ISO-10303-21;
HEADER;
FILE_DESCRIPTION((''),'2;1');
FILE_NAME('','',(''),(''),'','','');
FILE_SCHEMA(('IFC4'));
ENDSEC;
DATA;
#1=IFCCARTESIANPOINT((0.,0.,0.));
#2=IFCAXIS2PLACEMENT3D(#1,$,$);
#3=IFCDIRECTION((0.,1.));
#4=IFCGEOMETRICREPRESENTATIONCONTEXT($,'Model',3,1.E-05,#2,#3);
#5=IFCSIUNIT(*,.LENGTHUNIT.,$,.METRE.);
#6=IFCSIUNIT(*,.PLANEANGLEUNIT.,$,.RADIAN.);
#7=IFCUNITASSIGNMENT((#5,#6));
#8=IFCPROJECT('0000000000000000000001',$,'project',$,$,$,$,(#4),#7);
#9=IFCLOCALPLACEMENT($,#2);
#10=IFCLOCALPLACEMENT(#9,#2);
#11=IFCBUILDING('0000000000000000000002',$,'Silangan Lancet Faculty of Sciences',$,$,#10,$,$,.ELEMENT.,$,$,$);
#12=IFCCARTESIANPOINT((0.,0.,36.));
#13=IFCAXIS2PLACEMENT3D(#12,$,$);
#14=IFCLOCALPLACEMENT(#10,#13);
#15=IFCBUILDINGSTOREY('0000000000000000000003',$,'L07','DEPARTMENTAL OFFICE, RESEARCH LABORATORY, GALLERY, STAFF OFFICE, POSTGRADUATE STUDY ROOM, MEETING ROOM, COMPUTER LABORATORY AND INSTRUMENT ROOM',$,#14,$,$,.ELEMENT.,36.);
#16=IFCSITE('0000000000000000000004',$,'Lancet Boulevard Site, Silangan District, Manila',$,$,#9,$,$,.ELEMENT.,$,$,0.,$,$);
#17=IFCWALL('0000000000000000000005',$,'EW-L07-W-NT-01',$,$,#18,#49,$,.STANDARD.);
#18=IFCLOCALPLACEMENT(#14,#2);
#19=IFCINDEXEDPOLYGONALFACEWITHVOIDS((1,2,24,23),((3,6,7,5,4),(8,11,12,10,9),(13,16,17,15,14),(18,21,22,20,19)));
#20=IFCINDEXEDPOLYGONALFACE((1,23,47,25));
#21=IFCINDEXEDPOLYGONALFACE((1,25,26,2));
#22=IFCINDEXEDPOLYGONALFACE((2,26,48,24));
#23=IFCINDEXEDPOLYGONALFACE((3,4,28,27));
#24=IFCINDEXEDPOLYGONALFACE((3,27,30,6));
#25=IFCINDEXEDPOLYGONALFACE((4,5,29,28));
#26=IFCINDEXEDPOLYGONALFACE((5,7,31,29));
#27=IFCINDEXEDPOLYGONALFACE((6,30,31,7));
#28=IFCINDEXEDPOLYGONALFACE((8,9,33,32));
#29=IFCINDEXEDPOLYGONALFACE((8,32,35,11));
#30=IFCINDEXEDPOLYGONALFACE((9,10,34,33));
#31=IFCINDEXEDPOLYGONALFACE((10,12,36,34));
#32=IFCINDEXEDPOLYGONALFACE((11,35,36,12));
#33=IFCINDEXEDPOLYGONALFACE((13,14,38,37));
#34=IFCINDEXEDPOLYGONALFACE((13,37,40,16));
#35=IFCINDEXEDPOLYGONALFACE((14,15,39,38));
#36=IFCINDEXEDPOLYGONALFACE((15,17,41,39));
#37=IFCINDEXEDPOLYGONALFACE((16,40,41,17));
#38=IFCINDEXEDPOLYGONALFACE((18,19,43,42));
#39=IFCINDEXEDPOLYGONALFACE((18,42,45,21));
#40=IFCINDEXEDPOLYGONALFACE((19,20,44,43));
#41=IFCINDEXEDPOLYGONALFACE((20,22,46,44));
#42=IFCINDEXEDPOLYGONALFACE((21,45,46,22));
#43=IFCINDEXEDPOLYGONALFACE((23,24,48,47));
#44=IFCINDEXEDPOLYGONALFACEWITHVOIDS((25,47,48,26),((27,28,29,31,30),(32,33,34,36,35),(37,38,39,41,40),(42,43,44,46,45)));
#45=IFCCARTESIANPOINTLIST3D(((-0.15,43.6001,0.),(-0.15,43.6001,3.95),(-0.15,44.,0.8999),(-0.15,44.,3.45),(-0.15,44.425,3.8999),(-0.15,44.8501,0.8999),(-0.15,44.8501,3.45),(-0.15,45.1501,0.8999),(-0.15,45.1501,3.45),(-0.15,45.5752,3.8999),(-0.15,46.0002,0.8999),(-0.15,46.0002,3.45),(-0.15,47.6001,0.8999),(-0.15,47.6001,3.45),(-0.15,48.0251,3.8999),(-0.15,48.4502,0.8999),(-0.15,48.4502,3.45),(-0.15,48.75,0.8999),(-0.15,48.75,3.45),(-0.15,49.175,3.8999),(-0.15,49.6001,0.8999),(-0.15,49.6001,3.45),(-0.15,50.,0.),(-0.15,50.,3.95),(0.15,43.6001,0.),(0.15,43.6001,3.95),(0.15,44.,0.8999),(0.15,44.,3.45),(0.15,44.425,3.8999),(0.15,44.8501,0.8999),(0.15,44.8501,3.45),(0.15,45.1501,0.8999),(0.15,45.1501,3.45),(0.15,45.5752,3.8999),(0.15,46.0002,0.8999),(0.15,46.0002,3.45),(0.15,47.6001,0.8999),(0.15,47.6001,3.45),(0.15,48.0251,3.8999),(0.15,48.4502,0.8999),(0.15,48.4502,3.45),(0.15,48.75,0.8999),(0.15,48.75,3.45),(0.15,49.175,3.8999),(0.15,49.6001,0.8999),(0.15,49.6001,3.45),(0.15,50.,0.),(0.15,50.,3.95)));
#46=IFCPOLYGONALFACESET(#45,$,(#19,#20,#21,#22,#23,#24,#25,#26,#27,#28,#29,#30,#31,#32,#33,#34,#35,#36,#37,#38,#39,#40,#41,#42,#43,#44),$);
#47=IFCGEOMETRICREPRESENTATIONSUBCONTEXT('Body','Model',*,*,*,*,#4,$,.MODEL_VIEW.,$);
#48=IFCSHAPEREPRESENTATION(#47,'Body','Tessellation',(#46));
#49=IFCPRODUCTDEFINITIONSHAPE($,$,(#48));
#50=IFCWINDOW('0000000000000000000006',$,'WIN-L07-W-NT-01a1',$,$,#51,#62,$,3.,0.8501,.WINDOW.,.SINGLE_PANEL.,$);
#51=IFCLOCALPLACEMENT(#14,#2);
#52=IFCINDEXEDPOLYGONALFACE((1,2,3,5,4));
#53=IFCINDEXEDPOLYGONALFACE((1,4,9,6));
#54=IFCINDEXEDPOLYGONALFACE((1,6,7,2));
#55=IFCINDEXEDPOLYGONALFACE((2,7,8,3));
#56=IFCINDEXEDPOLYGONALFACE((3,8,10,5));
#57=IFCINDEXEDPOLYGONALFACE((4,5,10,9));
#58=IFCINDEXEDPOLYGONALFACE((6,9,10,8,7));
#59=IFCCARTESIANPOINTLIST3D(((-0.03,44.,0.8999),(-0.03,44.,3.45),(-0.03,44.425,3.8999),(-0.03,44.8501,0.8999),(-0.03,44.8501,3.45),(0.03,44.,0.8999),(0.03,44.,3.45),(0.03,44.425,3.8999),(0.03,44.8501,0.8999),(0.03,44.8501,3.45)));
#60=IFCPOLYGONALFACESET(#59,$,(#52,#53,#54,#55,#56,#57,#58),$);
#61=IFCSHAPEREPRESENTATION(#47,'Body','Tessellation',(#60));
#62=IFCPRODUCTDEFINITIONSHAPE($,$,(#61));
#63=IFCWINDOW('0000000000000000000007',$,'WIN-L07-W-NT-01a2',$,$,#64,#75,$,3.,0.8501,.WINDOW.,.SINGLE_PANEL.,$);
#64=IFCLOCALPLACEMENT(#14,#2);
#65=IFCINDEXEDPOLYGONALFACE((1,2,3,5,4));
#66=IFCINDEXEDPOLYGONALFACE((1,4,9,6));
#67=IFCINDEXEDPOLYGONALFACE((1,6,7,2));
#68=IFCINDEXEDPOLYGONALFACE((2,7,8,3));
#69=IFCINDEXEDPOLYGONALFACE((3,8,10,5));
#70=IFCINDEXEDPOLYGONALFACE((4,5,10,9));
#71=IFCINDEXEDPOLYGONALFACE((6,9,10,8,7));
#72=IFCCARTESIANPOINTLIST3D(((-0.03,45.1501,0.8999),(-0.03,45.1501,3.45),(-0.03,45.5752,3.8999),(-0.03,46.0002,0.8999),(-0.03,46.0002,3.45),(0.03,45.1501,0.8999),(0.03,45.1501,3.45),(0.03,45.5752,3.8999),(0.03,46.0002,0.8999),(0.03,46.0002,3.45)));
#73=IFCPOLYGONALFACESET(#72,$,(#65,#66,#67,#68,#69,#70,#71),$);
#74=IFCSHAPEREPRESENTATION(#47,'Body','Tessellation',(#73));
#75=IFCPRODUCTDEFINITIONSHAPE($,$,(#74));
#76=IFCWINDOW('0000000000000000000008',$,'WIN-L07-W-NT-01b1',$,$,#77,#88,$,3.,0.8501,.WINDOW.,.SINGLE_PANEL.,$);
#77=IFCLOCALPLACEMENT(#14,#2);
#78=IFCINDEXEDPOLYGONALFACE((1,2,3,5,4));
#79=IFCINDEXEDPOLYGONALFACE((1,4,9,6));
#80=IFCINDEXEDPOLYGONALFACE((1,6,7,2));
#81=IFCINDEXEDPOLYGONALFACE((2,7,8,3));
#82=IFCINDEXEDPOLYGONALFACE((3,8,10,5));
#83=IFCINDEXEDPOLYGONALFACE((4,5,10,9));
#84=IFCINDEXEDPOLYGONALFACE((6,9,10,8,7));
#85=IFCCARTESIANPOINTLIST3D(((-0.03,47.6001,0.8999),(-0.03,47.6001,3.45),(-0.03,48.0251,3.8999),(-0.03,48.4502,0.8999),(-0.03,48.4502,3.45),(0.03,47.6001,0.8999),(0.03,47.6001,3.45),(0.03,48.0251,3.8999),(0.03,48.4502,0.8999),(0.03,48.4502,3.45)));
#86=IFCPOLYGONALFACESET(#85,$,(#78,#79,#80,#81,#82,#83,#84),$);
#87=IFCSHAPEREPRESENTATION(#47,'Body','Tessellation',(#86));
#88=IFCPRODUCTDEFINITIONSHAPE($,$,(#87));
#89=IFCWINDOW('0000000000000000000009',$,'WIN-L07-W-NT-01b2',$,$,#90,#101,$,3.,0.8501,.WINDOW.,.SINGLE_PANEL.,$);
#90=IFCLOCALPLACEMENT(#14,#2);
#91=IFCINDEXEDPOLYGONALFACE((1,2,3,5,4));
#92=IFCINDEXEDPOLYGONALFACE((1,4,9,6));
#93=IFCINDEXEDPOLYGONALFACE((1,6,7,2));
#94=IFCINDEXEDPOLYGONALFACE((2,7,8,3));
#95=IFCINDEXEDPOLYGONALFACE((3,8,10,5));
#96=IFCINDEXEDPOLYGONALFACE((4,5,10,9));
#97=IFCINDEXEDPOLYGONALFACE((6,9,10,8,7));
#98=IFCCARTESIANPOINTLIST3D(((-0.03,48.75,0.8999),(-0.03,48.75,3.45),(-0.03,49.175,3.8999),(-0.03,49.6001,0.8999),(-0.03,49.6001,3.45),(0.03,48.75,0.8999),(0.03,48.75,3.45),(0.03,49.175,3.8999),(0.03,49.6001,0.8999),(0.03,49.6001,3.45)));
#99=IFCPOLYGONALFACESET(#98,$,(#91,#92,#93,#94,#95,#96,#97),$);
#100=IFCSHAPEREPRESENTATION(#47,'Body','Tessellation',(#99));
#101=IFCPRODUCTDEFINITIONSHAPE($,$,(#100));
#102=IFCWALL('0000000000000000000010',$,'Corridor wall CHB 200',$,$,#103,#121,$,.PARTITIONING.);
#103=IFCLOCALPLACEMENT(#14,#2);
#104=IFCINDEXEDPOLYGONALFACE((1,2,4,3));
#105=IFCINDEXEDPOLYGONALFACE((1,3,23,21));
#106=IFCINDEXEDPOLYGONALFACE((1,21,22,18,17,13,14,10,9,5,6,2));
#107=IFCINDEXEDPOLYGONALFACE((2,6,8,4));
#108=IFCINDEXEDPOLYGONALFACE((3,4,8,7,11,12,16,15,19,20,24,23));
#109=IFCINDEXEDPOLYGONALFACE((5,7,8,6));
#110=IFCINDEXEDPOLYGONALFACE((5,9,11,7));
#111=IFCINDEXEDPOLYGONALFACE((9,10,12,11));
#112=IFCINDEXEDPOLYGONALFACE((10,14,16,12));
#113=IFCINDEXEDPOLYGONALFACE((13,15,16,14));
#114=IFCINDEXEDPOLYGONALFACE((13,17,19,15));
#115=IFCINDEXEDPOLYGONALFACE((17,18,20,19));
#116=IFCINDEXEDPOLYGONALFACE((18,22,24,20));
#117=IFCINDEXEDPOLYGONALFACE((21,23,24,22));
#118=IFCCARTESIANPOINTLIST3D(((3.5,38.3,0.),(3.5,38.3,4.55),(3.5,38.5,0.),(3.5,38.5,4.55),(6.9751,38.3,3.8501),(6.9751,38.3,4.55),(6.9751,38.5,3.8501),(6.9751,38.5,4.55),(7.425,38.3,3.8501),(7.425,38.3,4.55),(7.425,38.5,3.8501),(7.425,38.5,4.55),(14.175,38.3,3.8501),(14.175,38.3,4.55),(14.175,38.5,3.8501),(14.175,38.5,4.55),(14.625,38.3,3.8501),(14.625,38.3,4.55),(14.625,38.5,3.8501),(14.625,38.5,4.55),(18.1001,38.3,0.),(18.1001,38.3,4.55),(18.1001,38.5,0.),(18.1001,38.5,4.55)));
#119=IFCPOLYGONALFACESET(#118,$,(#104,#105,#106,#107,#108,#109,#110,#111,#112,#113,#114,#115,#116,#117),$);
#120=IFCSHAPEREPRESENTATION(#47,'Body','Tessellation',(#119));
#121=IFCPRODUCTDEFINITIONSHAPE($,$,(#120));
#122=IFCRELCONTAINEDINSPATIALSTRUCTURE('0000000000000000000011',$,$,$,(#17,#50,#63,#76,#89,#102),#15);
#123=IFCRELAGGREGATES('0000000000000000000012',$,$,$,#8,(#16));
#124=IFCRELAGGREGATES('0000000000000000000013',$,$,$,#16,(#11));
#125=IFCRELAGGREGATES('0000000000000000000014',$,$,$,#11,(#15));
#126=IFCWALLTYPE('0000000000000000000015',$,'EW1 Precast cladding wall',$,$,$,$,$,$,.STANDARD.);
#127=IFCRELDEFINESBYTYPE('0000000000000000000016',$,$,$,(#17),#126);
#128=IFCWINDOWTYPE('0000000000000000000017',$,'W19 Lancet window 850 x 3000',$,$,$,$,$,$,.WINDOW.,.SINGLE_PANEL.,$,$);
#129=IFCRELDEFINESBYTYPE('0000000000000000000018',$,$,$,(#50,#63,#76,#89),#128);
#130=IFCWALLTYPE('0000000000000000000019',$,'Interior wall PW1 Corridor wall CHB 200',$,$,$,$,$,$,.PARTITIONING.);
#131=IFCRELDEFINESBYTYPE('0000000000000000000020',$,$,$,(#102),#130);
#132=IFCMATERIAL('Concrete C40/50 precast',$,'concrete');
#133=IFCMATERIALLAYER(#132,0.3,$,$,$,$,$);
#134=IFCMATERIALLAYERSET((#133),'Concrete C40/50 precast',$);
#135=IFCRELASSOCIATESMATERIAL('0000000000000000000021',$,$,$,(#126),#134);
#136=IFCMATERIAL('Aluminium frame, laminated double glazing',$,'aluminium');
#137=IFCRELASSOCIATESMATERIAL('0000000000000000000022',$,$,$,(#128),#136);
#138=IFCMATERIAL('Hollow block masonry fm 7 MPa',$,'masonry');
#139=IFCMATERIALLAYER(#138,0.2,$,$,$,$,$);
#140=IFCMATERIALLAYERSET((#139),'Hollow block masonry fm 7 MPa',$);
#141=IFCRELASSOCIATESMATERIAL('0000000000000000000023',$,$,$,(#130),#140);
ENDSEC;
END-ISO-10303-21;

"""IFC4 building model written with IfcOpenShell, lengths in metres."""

from ifc_helpers import new_model, si_unit, direction, frame, frame_2d, origin, place, context, subcontext, project, spatial, polyline, rectangle, outline, extrude, material, layer, layer_set, type_object, element, fill, save


model = new_model("IFC4")

# Units and contexts
model_context = context("Model", 3, precision=1e-05, world=origin(), true_north=direction((0.0, 1.0)))
body_context = subcontext(model_context, "Body", "Model", "MODEL_VIEW")
ifc_project = project(units=[si_unit("LENGTHUNIT", "METRE"), si_unit("PLANEANGLEUNIT", "RADIAN")], contexts=[model_context])

# Site, building, storey
site_placement = place(None, origin())
site = spatial("IfcSite", under=ifc_project, at=site_placement, Name="Lancet Boulevard Site, Silangan District, Manila", CompositionType="ELEMENT", RefElevation=0.0)
building_placement = place(site_placement, origin())
building = spatial("IfcBuilding", under=site, at=building_placement, Name="Silangan Lancet Faculty of Sciences", CompositionType="ELEMENT")
storey_placement = place(building_placement, frame((0.0, 0.0, 36.0)))
storey = spatial("IfcBuildingStorey", under=building, at=storey_placement, Name="L07", Description="DEPARTMENTAL OFFICE, RESEARCH LABORATORY, GALLERY, STAFF OFFICE, POSTGRADUATE STUDY ROOM, MEETING ROOM, COMPUTER LABORATORY AND INSTRUMENT ROOM", CompositionType="ELEMENT", Elevation=36.0)

# Wall, openings, windows
ifc_material_1 = material(Name="Concrete C40/50 precast", Category="concrete")
ifc_layer_1 = layer(ifc_material_1, 0.3)
ifc_layer_set_1 = layer_set([ifc_layer_1], Name="Concrete C40/50 precast")
wall_type_1 = type_object("IfcWallType", Name="EW1 Precast cladding wall", PredefinedType="STANDARD", material=ifc_layer_set_1)
ifc_material_2 = material(Name="Aluminium frame, laminated double glazing", Category="aluminium")
window_type = type_object("IfcWindowType", Name="W19 Lancet window 850 x 3000", PartitioningType="SINGLE_PANEL", PredefinedType="WINDOW", material=ifc_material_2)
wall_1_placement = place(storey_placement, frame((0.0, 43.6001, 0.0), z_axis=(0.0, 0.0, 1.0), x_axis=(0.0, 1.0, 0.0)))
wall_1 = element("IfcWall", 1, at=wall_1_placement, inside=storey, type_object=wall_type_1, Name="EW-L07-W-NT-01", PredefinedType="STANDARD", context=body_context, shape_type="SweptSolid", body=[
    extrude(rectangle(XDim=6.3999, YDim=0.3, at=frame_2d((3.2, 0.0))), origin(), (0.0, 0.0, 1.0), 3.95),
])
opening_1_placement = place(wall_1_placement, frame((0.3999, 0.0, 0.8999)))
opening_1 = element("IfcOpeningElement", 2, at=opening_1_placement, cuts=wall_1, PredefinedType="OPENING", context=body_context, shape_type="SweptSolid", body=[
    extrude(outline(polyline([(0.0, 0.0), (0.8501, 0.0), (0.8501, 2.55), (0.425, 3.0), (0.0, 2.55), (0.0, 0.0)])), frame((0.0, 0.1599, 0.0), z_axis=(0.0, -1.0, 0.0), x_axis=(1.0, 0.0, 0.0)), (0.0, 0.0, 1.0), 0.3201),
])
opening_2_placement = place(wall_1_placement, frame((1.55, 0.0, 0.8999)))
opening_2 = element("IfcOpeningElement", 3, at=opening_2_placement, cuts=wall_1, PredefinedType="OPENING", context=body_context, shape_type="SweptSolid", body=[
    extrude(outline(polyline([(0.0, 0.0), (0.8501, 0.0), (0.8501, 2.55), (0.425, 3.0), (0.0, 2.55), (0.0, 0.0)])), frame((0.0, 0.1599, 0.0), z_axis=(0.0, -1.0, 0.0), x_axis=(1.0, 0.0, 0.0)), (0.0, 0.0, 1.0), 0.3201),
])
opening_3_placement = place(wall_1_placement, frame((4.0, 0.0, 0.8999)))
opening_3 = element("IfcOpeningElement", 4, at=opening_3_placement, cuts=wall_1, PredefinedType="OPENING", context=body_context, shape_type="SweptSolid", body=[
    extrude(outline(polyline([(0.0, 0.0), (0.8501, 0.0), (0.8501, 2.55), (0.425, 3.0), (0.0, 2.55), (0.0, 0.0)])), frame((0.0, 0.1599, 0.0), z_axis=(0.0, -1.0, 0.0), x_axis=(1.0, 0.0, 0.0)), (0.0, 0.0, 1.0), 0.3201),
])
opening_4_placement = place(wall_1_placement, frame((5.1499, 0.0, 0.8999)))
opening_4 = element("IfcOpeningElement", 5, at=opening_4_placement, cuts=wall_1, PredefinedType="OPENING", context=body_context, shape_type="SweptSolid", body=[
    extrude(outline(polyline([(0.0, 0.0), (0.8501, 0.0), (0.8501, 2.55), (0.425, 3.0), (0.0, 2.55), (0.0, 0.0)])), frame((0.0, 0.1599, 0.0), z_axis=(0.0, -1.0, 0.0), x_axis=(1.0, 0.0, 0.0)), (0.0, 0.0, 1.0), 0.3201),
])
window_1_placement = place(opening_1_placement, origin())
window_1 = element("IfcWindow", 6, at=window_1_placement, inside=storey, type_object=window_type, Name="WIN-L07-W-NT-01a1", OverallHeight=3.0, OverallWidth=0.8501, PartitioningType="SINGLE_PANEL", PredefinedType="WINDOW", context=body_context, shape_type="SweptSolid", body=[
    extrude(outline(polyline([(0.0, 0.0), (0.8501, 0.0), (0.8501, 2.55), (0.425, 3.0), (0.0, 2.55), (0.0, 0.0)])), frame((0.0, 0.03, 0.0), z_axis=(0.0, -1.0, 0.0), x_axis=(1.0, 0.0, 0.0)), (0.0, 0.0, 1.0), 0.0601),
])
fill(opening_1, window_1)
window_2_placement = place(opening_2_placement, origin())
window_2 = element("IfcWindow", 7, at=window_2_placement, inside=storey, type_object=window_type, Name="WIN-L07-W-NT-01a2", OverallHeight=3.0, OverallWidth=0.8501, PartitioningType="SINGLE_PANEL", PredefinedType="WINDOW", context=body_context, shape_type="SweptSolid", body=[
    extrude(outline(polyline([(0.0, 0.0), (0.8501, 0.0), (0.8501, 2.55), (0.425, 3.0), (0.0, 2.55), (0.0, 0.0)])), frame((0.0, 0.03, 0.0), z_axis=(0.0, -1.0, 0.0), x_axis=(1.0, 0.0, 0.0)), (0.0, 0.0, 1.0), 0.0601),
])
fill(opening_2, window_2)
window_3_placement = place(opening_3_placement, origin())
window_3 = element("IfcWindow", 8, at=window_3_placement, inside=storey, type_object=window_type, Name="WIN-L07-W-NT-01b1", OverallHeight=3.0, OverallWidth=0.8501, PartitioningType="SINGLE_PANEL", PredefinedType="WINDOW", context=body_context, shape_type="SweptSolid", body=[
    extrude(outline(polyline([(0.0, 0.0), (0.8501, 0.0), (0.8501, 2.55), (0.425, 3.0), (0.0, 2.55), (0.0, 0.0)])), frame((0.0, 0.03, 0.0), z_axis=(0.0, -1.0, 0.0), x_axis=(1.0, 0.0, 0.0)), (0.0, 0.0, 1.0), 0.0601),
])
fill(opening_3, window_3)
window_4_placement = place(opening_4_placement, origin())
window_4 = element("IfcWindow", 9, at=window_4_placement, inside=storey, type_object=window_type, Name="WIN-L07-W-NT-01b2", OverallHeight=3.0, OverallWidth=0.8501, PartitioningType="SINGLE_PANEL", PredefinedType="WINDOW", context=body_context, shape_type="SweptSolid", body=[
    extrude(outline(polyline([(0.0, 0.0), (0.8501, 0.0), (0.8501, 2.55), (0.425, 3.0), (0.0, 2.55), (0.0, 0.0)])), frame((0.0, 0.03, 0.0), z_axis=(0.0, -1.0, 0.0), x_axis=(1.0, 0.0, 0.0)), (0.0, 0.0, 1.0), 0.0601),
])
fill(opening_4, window_4)

# Wall
ifc_material_3 = material(Name="Hollow block masonry fm 7 MPa", Category="masonry")
ifc_layer_2 = layer(ifc_material_3, 0.2)
ifc_layer_set_2 = layer_set([ifc_layer_2], Name="Hollow block masonry fm 7 MPa")
wall_type_2 = type_object("IfcWallType", Name="Interior wall PW1 Corridor wall CHB 200", PredefinedType="PARTITIONING", material=ifc_layer_set_2)
wall_2_placement = place(storey_placement, frame((3.5, 38.3999, 0.0), z_axis=(0.0, 0.0, 1.0), x_axis=(1.0, 0.0, 0.0)))
element("IfcWall", 10, at=wall_2_placement, inside=storey, type_object=wall_type_2, Name="Corridor wall CHB 200", PredefinedType="PARTITIONING", context=body_context, shape_type="SweptSolid", body=[
    extrude(outline(polyline([(0.0, 0.0), (14.6001, 0.0), (14.6001, 4.55), (11.125, 4.55), (11.125, 3.8501), (10.675, 3.8501), (10.675, 4.55), (3.925, 4.55), (3.925, 3.8501), (3.4751, 3.8501), (3.4751, 4.55), (0.0, 4.55), (0.0, 0.0)])), frame((0.0, 0.1001, 0.0), z_axis=(0.0, -1.0, 0.0), x_axis=(1.0, 0.0, 0.0)), (0.0, 0.0, 1.0), 0.2),
])

save(model, "model.ifc")
